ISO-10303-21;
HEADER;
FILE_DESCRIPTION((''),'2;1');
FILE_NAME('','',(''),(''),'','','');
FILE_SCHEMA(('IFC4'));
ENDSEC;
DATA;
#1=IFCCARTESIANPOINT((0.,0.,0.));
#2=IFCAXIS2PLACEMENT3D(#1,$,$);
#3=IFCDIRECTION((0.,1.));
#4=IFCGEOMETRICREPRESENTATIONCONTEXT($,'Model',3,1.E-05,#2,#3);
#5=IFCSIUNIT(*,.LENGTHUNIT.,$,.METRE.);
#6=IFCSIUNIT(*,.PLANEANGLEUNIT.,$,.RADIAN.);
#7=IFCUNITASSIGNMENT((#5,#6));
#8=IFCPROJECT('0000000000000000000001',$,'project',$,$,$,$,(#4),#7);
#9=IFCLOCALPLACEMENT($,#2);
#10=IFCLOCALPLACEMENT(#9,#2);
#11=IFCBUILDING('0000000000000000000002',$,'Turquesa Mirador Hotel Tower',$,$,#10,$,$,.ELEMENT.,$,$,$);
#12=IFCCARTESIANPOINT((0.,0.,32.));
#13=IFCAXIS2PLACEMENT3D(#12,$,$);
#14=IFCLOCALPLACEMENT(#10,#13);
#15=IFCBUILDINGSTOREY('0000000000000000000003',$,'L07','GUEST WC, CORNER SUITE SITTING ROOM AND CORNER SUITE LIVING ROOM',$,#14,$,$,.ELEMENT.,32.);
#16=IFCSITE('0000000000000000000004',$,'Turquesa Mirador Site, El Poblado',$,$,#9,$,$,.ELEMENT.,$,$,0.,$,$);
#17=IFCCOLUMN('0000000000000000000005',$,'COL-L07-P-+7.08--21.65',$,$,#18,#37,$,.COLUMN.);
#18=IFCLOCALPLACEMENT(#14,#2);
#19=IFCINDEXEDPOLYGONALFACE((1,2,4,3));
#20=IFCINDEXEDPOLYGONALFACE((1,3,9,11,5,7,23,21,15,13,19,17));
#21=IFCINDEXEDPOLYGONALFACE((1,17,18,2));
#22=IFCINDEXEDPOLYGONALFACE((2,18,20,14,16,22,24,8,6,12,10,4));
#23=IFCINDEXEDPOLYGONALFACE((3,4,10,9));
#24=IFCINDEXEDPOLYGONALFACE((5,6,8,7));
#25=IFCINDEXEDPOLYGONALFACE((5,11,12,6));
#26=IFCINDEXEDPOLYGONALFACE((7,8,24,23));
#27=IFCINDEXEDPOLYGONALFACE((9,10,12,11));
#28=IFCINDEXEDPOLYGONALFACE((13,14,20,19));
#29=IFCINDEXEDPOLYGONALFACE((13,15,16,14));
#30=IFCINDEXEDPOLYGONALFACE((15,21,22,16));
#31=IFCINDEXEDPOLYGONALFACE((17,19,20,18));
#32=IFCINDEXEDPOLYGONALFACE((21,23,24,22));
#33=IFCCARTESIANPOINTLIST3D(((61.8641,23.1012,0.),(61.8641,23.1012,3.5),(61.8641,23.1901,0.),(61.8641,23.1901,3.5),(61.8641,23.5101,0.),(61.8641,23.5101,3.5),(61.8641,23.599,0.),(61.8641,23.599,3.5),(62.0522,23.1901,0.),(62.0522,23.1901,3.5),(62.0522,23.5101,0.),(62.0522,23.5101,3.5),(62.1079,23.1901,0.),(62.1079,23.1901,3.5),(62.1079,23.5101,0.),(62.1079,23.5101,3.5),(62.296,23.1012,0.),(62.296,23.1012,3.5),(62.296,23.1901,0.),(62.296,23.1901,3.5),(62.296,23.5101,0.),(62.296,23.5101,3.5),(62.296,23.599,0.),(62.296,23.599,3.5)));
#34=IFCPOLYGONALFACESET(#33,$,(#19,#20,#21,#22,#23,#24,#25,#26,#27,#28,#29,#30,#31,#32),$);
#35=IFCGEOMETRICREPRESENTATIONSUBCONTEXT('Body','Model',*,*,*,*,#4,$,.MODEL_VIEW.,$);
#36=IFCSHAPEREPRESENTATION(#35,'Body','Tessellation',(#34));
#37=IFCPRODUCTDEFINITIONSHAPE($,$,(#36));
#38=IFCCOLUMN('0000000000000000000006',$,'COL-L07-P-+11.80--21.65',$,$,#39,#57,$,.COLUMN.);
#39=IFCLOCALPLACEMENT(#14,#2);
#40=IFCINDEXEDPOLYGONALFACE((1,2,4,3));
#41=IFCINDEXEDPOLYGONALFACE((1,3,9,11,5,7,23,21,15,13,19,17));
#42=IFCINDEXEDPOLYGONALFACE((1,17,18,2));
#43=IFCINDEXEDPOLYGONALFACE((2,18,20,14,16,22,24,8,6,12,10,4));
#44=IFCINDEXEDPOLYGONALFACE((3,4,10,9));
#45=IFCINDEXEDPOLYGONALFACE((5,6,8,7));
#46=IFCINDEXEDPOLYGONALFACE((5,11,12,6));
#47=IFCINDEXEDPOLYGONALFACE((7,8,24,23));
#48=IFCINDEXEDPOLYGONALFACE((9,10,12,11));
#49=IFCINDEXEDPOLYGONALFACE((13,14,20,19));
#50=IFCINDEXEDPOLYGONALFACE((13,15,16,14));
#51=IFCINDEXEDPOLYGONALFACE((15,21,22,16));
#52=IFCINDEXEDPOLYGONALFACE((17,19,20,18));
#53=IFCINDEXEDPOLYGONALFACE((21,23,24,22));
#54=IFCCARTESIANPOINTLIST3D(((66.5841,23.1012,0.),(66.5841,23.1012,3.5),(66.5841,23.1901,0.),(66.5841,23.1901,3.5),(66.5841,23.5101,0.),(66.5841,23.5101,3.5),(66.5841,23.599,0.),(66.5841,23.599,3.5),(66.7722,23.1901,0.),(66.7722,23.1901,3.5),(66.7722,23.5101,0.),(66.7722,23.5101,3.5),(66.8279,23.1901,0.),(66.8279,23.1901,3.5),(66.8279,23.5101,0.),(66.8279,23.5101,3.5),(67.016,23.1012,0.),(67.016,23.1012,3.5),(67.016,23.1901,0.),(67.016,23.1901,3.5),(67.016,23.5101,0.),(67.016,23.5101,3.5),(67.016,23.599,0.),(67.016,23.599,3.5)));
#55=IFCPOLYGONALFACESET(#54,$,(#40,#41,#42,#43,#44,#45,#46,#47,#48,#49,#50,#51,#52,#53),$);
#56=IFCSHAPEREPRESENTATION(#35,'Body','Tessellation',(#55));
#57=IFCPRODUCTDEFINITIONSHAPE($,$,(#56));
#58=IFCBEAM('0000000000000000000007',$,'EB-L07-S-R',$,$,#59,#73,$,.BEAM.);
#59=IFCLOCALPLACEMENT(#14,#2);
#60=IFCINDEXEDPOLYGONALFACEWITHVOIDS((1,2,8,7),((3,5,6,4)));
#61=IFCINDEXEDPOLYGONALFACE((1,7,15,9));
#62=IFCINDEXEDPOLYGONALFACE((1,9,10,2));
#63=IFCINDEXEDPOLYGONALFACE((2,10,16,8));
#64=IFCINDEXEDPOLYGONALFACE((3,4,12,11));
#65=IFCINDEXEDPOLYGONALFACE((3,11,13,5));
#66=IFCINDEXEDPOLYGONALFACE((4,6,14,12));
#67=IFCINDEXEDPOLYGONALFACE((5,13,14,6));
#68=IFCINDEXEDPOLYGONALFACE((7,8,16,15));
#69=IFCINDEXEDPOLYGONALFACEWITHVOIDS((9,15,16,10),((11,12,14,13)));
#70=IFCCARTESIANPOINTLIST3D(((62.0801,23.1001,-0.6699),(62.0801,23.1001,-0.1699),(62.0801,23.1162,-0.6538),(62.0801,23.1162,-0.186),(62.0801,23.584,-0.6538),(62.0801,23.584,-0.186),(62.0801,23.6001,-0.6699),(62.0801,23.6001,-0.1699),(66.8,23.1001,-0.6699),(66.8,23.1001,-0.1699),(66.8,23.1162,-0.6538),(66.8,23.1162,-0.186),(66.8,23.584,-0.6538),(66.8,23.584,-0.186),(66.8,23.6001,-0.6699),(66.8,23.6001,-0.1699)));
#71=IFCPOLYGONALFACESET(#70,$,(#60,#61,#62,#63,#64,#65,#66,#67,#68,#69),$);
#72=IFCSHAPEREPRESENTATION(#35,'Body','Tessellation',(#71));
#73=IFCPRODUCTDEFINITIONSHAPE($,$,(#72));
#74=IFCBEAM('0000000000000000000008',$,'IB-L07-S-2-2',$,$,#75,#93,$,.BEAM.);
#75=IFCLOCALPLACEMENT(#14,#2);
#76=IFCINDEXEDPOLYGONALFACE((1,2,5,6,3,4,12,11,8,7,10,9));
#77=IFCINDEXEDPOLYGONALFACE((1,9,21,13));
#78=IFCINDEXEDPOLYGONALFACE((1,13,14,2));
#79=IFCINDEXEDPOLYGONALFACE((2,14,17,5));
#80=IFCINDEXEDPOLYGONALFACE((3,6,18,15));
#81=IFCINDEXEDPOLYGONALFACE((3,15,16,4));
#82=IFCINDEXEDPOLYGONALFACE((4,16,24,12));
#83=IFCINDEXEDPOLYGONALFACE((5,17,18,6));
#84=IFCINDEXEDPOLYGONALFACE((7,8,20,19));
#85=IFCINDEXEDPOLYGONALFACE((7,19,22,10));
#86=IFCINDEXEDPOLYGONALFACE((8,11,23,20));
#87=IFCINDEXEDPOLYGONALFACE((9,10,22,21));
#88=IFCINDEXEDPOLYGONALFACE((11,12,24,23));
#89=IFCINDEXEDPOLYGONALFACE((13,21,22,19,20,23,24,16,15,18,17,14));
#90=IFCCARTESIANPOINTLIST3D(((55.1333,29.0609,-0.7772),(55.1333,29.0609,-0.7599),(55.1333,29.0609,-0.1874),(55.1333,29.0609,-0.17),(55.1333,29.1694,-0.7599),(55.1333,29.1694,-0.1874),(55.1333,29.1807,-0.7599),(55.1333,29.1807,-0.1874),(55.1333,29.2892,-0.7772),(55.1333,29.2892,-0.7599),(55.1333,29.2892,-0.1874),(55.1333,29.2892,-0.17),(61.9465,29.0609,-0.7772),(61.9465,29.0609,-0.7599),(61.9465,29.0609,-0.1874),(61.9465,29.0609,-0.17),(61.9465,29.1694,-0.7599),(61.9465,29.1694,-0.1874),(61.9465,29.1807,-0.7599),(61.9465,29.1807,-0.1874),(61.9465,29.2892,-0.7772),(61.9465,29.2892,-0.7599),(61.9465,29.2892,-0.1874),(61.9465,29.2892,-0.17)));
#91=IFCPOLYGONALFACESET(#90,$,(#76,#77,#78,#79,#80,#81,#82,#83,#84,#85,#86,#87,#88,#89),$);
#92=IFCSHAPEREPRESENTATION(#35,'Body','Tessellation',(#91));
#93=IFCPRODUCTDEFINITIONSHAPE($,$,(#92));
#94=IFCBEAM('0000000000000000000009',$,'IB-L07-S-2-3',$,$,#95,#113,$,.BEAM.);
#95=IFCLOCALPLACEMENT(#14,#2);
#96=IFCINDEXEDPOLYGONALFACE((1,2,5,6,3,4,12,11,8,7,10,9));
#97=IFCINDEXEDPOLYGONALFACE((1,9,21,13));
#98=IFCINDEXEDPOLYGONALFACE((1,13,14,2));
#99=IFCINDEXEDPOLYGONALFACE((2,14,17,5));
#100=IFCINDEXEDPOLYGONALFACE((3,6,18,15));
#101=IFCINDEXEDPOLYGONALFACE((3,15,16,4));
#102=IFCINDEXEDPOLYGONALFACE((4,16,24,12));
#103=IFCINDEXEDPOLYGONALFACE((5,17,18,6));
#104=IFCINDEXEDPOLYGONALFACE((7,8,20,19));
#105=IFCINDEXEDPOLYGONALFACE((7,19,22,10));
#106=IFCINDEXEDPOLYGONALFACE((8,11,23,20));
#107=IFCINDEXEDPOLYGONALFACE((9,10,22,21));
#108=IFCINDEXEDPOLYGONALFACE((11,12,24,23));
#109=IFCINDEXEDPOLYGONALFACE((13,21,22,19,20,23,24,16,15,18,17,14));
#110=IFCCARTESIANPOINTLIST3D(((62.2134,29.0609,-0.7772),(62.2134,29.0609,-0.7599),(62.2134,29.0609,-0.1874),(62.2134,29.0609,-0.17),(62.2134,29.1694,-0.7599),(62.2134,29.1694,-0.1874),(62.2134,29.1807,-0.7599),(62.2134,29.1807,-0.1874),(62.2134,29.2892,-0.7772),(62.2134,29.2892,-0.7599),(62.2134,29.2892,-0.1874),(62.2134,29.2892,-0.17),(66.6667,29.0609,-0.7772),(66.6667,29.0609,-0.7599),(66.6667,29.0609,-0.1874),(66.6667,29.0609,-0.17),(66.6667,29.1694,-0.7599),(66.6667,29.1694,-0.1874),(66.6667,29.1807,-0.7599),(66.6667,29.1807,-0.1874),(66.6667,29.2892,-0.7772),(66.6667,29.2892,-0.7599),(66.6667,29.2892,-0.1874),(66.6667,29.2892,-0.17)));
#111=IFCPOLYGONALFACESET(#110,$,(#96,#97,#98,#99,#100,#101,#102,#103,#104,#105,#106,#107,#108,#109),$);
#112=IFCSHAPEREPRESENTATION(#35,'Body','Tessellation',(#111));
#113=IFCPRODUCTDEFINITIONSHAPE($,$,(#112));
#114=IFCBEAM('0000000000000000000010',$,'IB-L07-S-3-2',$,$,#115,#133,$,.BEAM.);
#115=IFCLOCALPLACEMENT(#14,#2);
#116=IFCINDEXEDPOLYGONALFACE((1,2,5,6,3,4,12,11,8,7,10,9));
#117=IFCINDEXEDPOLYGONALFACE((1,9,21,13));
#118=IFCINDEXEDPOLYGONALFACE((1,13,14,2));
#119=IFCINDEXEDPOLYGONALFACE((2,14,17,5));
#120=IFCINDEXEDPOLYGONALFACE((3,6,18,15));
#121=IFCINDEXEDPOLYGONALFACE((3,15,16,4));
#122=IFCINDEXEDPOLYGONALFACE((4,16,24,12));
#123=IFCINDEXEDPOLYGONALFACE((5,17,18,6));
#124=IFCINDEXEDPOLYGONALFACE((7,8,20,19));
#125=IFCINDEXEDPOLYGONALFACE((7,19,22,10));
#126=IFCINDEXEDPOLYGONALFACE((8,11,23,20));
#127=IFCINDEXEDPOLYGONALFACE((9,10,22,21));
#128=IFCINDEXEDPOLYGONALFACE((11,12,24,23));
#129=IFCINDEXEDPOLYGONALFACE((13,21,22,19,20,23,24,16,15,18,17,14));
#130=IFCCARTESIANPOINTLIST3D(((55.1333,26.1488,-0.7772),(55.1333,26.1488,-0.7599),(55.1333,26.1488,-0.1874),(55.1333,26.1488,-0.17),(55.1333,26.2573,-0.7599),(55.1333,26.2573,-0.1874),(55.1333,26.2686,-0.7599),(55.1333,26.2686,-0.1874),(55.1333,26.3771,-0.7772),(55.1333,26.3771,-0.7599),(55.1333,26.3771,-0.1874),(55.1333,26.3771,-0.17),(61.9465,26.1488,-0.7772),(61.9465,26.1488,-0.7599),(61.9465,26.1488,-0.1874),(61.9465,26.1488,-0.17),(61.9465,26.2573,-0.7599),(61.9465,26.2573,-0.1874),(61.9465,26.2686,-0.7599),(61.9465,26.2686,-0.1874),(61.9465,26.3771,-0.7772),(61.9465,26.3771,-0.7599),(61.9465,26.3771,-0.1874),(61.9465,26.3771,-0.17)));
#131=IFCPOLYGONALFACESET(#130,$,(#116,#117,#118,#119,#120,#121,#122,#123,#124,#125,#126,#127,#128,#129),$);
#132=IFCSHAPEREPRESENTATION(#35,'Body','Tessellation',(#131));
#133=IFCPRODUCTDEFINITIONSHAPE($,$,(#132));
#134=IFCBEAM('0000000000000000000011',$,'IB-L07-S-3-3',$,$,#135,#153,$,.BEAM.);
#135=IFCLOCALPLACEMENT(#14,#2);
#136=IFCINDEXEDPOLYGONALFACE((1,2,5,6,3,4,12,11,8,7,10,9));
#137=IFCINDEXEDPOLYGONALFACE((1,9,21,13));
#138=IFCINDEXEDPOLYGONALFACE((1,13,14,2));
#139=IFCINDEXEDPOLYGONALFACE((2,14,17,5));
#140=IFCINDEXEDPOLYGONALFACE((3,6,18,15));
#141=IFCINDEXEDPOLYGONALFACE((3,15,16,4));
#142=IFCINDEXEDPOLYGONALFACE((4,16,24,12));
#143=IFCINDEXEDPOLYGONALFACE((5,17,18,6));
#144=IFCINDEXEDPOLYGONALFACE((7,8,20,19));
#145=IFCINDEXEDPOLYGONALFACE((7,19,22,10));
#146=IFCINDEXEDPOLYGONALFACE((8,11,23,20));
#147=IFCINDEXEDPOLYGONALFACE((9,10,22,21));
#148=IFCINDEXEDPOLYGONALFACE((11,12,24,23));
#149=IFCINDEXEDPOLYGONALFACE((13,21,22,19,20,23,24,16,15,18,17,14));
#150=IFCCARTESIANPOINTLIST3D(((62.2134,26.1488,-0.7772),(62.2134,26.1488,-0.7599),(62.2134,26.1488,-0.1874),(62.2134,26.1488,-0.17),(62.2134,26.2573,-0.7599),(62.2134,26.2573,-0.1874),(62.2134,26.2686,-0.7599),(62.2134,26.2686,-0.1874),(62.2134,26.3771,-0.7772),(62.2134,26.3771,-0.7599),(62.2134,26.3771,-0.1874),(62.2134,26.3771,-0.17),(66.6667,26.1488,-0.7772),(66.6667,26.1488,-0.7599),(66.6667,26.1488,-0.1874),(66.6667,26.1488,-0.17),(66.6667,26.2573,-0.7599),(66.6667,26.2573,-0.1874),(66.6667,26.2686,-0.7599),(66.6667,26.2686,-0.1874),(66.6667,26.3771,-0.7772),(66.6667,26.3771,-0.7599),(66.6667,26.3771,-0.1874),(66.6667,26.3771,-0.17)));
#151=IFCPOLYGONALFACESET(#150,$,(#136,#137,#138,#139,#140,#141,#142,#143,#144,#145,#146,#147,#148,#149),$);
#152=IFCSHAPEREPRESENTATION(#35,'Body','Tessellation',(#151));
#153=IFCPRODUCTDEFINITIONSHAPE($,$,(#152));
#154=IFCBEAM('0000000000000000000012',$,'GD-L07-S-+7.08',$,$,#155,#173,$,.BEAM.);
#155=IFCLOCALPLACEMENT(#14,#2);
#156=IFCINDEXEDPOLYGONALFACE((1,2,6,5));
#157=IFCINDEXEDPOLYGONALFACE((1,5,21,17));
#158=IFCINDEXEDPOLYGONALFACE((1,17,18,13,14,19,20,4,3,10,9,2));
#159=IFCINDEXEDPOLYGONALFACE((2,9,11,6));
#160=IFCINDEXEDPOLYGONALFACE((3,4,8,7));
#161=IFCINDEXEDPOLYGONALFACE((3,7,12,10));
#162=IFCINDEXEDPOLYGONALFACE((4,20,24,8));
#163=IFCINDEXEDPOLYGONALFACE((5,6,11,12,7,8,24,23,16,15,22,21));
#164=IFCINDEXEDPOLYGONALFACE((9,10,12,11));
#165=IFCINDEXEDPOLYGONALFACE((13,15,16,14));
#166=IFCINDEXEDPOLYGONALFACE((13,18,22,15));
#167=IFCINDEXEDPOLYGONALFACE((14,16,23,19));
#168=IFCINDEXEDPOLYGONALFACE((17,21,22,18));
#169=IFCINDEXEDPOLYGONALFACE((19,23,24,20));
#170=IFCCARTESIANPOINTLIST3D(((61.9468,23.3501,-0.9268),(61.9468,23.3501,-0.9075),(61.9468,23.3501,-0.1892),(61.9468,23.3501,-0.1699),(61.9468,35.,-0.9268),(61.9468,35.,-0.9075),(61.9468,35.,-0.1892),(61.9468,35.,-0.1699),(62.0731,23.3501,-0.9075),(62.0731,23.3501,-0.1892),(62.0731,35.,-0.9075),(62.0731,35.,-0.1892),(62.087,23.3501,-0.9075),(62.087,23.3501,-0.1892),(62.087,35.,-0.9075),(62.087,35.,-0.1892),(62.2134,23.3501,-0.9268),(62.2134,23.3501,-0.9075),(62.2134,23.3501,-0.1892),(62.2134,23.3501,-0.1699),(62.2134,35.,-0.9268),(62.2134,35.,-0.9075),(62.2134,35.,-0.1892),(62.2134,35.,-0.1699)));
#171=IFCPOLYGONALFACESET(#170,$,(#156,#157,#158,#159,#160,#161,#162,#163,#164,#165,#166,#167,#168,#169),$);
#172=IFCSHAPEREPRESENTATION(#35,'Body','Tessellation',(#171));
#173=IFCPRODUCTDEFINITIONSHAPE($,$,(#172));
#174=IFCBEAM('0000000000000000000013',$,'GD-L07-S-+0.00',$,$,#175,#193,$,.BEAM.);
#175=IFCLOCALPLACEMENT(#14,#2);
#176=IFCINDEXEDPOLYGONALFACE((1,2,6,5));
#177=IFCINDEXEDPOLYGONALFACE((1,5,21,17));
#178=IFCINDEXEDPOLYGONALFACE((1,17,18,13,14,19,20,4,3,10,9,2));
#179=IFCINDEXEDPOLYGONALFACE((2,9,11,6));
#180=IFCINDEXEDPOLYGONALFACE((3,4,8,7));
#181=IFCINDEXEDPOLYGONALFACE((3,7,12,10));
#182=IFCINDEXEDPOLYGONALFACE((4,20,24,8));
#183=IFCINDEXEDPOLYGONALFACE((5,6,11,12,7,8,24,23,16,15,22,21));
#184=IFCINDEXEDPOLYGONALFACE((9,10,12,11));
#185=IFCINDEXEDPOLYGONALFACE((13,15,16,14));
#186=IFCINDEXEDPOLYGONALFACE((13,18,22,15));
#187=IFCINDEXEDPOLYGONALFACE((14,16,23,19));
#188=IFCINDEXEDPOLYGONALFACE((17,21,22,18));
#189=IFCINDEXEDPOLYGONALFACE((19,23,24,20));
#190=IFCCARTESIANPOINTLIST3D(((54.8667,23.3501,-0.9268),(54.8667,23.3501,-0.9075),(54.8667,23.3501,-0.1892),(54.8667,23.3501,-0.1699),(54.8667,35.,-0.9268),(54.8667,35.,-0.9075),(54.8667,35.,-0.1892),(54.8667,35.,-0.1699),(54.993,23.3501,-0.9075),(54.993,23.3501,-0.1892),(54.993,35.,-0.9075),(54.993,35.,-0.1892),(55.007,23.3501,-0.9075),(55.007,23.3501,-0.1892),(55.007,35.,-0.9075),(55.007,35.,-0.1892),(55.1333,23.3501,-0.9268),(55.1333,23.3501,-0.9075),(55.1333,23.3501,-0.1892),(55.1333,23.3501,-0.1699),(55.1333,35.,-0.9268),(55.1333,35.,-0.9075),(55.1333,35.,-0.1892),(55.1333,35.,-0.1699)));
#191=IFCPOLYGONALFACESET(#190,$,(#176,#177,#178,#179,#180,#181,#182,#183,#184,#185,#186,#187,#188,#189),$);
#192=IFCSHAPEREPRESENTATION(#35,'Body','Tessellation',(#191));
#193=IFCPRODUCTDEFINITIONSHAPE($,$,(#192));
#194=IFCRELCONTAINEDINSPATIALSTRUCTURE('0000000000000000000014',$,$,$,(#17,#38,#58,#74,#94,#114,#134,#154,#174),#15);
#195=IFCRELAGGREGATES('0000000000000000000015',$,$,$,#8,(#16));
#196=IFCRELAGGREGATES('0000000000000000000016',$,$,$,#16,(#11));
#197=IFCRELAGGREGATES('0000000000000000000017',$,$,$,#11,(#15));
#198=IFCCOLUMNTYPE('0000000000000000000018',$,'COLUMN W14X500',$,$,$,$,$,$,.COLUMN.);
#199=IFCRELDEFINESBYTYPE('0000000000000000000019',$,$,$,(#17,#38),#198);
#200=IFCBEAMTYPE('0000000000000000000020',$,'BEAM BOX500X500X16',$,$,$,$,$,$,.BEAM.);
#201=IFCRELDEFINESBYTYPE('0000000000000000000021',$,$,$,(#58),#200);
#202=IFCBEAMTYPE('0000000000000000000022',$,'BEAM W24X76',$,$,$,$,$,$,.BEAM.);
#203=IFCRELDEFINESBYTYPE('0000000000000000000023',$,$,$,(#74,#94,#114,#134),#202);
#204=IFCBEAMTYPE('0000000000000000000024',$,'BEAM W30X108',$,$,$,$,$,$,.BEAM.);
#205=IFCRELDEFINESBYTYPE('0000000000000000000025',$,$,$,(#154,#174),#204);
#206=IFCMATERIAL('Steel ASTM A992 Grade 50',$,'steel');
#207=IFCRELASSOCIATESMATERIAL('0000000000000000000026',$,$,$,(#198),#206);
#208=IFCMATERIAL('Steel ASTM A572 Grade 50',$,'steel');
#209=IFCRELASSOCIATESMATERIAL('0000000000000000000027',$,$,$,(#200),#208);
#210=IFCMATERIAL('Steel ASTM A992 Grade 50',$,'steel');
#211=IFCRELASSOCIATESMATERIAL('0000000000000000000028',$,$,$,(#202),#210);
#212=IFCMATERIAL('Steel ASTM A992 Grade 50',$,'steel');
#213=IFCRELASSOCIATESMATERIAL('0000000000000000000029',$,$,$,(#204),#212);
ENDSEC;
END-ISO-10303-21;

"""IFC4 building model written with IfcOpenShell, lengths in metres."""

from ifc_helpers import new_model, si_unit, direction, frame, origin, origin_2d, place, context, subcontext, project, spatial, hollow_rectangle, i_section, extrude, material, material_profile, profile_set, type_object, element, save


model = new_model("IFC4")

# Units and contexts
model_context = context("Model", 3, precision=1e-05, world=origin(), true_north=direction((0.0, 1.0)))
body_context = subcontext(model_context, "Body", "Model", "MODEL_VIEW")
ifc_project = project(units=[si_unit("LENGTHUNIT", "METRE"), si_unit("PLANEANGLEUNIT", "RADIAN")], contexts=[model_context])

# Site, building, storey
site_placement = place(None, origin())
site = spatial("IfcSite", under=ifc_project, at=site_placement, Name="Turquesa Mirador Site, El Poblado", CompositionType="ELEMENT", RefElevation=0.0)
building_placement = place(site_placement, origin())
building = spatial("IfcBuilding", under=site, at=building_placement, Name="Turquesa Mirador Hotel Tower", CompositionType="ELEMENT")
storey_placement = place(building_placement, frame((0.0, 0.0, 32.0)))
storey = spatial("IfcBuildingStorey", under=building, at=storey_placement, Name="L07", Description="GUEST WC, CORNER SUITE SITTING ROOM AND CORNER SUITE LIVING ROOM", CompositionType="ELEMENT", Elevation=32.0)

# Columns
ifc_material_1 = material(Name="Steel ASTM A992 Grade 50", Category="steel")
ifc_material_profile_1 = material_profile(ifc_material_1, i_section(OverallWidth=0.4319, OverallDepth=0.4978, WebThickness=0.0557, FlangeThickness=0.0889, at=origin_2d()), Name="W14X500")
ifc_profile_set_1 = profile_set([ifc_material_profile_1], Name="Steel ASTM A992 Grade 50")
column_type = type_object("IfcColumnType", Name="COLUMN W14X500", PredefinedType="COLUMN", material=ifc_profile_set_1)
for number, where, z_axis, x_axis, name in (
    (1, (62.0801, 23.3501, 0.0), (0.0, 0.0, 1.0), (1.0, 0.0, 0.0), "COL-L07-P-+7.08--21.65"),
    (2, (66.8, 23.3501, 0.0), (0.0, 0.0, 1.0), (1.0, 0.0, 0.0), "COL-L07-P-+11.80--21.65"),
):
    element("IfcColumn", number, at=place(storey_placement, frame(where, z_axis=z_axis, x_axis=x_axis)), inside=storey, type_object=column_type, Name=name, PredefinedType="COLUMN", context=body_context, shape_type="SweptSolid", body=[
        extrude(i_section(OverallWidth=0.4319, OverallDepth=0.4978, WebThickness=0.0557, FlangeThickness=0.0889, at=origin_2d()), origin(), (0.0, 0.0, 1.0), 3.5),
    ])

# Beams
ifc_material_2 = material(Name="Steel ASTM A572 Grade 50", Category="steel")
ifc_material_profile_2 = material_profile(ifc_material_2, hollow_rectangle(XDim=0.5, YDim=0.5, WallThickness=0.0161, at=origin_2d()), Name="BOX500X500X16")
ifc_profile_set_2 = profile_set([ifc_material_profile_2], Name="Steel ASTM A572 Grade 50")
beam_type_1 = type_object("IfcBeamType", Name="BEAM BOX500X500X16", PredefinedType="BEAM", material=ifc_profile_set_2)
beam_1_placement = place(storey_placement, frame((62.0801, 23.3501, -0.4199), z_axis=(1.0, 0.0, 0.0), x_axis=(0.0, 1.0, 0.0)))
element("IfcBeam", 3, at=beam_1_placement, inside=storey, type_object=beam_type_1, Name="EB-L07-S-R", PredefinedType="BEAM", context=body_context, shape_type="SweptSolid", body=[
    extrude(hollow_rectangle(XDim=0.5, YDim=0.5, WallThickness=0.0161, at=origin_2d()), origin(), (0.0, 0.0, 1.0), 4.72),
])
ifc_material_3 = material(Name="Steel ASTM A992 Grade 50", Category="steel")
ifc_material_profile_3 = material_profile(ifc_material_3, i_section(OverallWidth=0.2283, OverallDepth=0.6072, WebThickness=0.0112, FlangeThickness=0.0173, at=origin_2d()), Name="W24X76")
ifc_profile_set_3 = profile_set([ifc_material_profile_3], Name="Steel ASTM A992 Grade 50")
beam_type_2 = type_object("IfcBeamType", Name="BEAM W24X76", PredefinedType="BEAM", material=ifc_profile_set_3)
beam_2_placement = place(storey_placement, frame((55.1333, 29.175, -0.4736), z_axis=(1.0, 0.0, 0.0), x_axis=(0.0, 1.0, 0.0)))
element("IfcBeam", 4, at=beam_2_placement, inside=storey, type_object=beam_type_2, Name="IB-L07-S-2-2", PredefinedType="BEAM", context=body_context, shape_type="SweptSolid", body=[
    extrude(i_section(OverallWidth=0.2283, OverallDepth=0.6072, WebThickness=0.0112, FlangeThickness=0.0173, at=origin_2d()), origin(), (0.0, 0.0, 1.0), 6.8132),
])
beam_3_placement = place(storey_placement, frame((62.2134, 29.175, -0.4736), z_axis=(1.0, 0.0, 0.0), x_axis=(0.0, 1.0, 0.0)))
element("IfcBeam", 5, at=beam_3_placement, inside=storey, type_object=beam_type_2, Name="IB-L07-S-2-3", PredefinedType="BEAM", context=body_context, shape_type="SweptSolid", body=[
    extrude(i_section(OverallWidth=0.2283, OverallDepth=0.6072, WebThickness=0.0112, FlangeThickness=0.0173, at=origin_2d()), origin(), (0.0, 0.0, 1.0), 4.4534),
])
beam_4_placement = place(storey_placement, frame((55.1333, 26.2629, -0.4736), z_axis=(1.0, 0.0, 0.0), x_axis=(0.0, 1.0, 0.0)))
element("IfcBeam", 6, at=beam_4_placement, inside=storey, type_object=beam_type_2, Name="IB-L07-S-3-2", PredefinedType="BEAM", context=body_context, shape_type="SweptSolid", body=[
    extrude(i_section(OverallWidth=0.2283, OverallDepth=0.6072, WebThickness=0.0112, FlangeThickness=0.0173, at=origin_2d()), origin(), (0.0, 0.0, 1.0), 6.8132),
])
beam_5_placement = place(storey_placement, frame((62.2134, 26.2629, -0.4736), z_axis=(1.0, 0.0, 0.0), x_axis=(0.0, 1.0, 0.0)))
element("IfcBeam", 7, at=beam_5_placement, inside=storey, type_object=beam_type_2, Name="IB-L07-S-3-3", PredefinedType="BEAM", context=body_context, shape_type="SweptSolid", body=[
    extrude(i_section(OverallWidth=0.2283, OverallDepth=0.6072, WebThickness=0.0112, FlangeThickness=0.0173, at=origin_2d()), origin(), (0.0, 0.0, 1.0), 4.4534),
])
ifc_material_4 = material(Name="Steel ASTM A992 Grade 50", Category="steel")
ifc_material_profile_4 = material_profile(ifc_material_4, i_section(OverallWidth=0.2666, OverallDepth=0.7568, WebThickness=0.0139, FlangeThickness=0.0193, at=origin_2d()), Name="W30X108")
ifc_profile_set_4 = profile_set([ifc_material_profile_4], Name="Steel ASTM A992 Grade 50")
beam_type_3 = type_object("IfcBeamType", Name="BEAM W30X108", PredefinedType="BEAM", material=ifc_profile_set_4)
for number, where, z_axis, x_axis, name in (
    (8, (62.0801, 23.3501, -0.5483), (0.0, 1.0, 0.0), (-1.0, 0.0, 0.0), "GD-L07-S-+7.08"),
    (9, (55.0, 23.3501, -0.5483), (0.0, 1.0, 0.0), (-1.0, 0.0, 0.0), "GD-L07-S-+0.00"),
):
    element("IfcBeam", number, at=place(storey_placement, frame(where, z_axis=z_axis, x_axis=x_axis)), inside=storey, type_object=beam_type_3, Name=name, PredefinedType="BEAM", context=body_context, shape_type="SweptSolid", body=[
        extrude(i_section(OverallWidth=0.2666, OverallDepth=0.7568, WebThickness=0.0139, FlangeThickness=0.0193, at=origin_2d()), origin(), (0.0, 0.0, 1.0), 11.6499),
    ])

save(model, "model.ifc")
